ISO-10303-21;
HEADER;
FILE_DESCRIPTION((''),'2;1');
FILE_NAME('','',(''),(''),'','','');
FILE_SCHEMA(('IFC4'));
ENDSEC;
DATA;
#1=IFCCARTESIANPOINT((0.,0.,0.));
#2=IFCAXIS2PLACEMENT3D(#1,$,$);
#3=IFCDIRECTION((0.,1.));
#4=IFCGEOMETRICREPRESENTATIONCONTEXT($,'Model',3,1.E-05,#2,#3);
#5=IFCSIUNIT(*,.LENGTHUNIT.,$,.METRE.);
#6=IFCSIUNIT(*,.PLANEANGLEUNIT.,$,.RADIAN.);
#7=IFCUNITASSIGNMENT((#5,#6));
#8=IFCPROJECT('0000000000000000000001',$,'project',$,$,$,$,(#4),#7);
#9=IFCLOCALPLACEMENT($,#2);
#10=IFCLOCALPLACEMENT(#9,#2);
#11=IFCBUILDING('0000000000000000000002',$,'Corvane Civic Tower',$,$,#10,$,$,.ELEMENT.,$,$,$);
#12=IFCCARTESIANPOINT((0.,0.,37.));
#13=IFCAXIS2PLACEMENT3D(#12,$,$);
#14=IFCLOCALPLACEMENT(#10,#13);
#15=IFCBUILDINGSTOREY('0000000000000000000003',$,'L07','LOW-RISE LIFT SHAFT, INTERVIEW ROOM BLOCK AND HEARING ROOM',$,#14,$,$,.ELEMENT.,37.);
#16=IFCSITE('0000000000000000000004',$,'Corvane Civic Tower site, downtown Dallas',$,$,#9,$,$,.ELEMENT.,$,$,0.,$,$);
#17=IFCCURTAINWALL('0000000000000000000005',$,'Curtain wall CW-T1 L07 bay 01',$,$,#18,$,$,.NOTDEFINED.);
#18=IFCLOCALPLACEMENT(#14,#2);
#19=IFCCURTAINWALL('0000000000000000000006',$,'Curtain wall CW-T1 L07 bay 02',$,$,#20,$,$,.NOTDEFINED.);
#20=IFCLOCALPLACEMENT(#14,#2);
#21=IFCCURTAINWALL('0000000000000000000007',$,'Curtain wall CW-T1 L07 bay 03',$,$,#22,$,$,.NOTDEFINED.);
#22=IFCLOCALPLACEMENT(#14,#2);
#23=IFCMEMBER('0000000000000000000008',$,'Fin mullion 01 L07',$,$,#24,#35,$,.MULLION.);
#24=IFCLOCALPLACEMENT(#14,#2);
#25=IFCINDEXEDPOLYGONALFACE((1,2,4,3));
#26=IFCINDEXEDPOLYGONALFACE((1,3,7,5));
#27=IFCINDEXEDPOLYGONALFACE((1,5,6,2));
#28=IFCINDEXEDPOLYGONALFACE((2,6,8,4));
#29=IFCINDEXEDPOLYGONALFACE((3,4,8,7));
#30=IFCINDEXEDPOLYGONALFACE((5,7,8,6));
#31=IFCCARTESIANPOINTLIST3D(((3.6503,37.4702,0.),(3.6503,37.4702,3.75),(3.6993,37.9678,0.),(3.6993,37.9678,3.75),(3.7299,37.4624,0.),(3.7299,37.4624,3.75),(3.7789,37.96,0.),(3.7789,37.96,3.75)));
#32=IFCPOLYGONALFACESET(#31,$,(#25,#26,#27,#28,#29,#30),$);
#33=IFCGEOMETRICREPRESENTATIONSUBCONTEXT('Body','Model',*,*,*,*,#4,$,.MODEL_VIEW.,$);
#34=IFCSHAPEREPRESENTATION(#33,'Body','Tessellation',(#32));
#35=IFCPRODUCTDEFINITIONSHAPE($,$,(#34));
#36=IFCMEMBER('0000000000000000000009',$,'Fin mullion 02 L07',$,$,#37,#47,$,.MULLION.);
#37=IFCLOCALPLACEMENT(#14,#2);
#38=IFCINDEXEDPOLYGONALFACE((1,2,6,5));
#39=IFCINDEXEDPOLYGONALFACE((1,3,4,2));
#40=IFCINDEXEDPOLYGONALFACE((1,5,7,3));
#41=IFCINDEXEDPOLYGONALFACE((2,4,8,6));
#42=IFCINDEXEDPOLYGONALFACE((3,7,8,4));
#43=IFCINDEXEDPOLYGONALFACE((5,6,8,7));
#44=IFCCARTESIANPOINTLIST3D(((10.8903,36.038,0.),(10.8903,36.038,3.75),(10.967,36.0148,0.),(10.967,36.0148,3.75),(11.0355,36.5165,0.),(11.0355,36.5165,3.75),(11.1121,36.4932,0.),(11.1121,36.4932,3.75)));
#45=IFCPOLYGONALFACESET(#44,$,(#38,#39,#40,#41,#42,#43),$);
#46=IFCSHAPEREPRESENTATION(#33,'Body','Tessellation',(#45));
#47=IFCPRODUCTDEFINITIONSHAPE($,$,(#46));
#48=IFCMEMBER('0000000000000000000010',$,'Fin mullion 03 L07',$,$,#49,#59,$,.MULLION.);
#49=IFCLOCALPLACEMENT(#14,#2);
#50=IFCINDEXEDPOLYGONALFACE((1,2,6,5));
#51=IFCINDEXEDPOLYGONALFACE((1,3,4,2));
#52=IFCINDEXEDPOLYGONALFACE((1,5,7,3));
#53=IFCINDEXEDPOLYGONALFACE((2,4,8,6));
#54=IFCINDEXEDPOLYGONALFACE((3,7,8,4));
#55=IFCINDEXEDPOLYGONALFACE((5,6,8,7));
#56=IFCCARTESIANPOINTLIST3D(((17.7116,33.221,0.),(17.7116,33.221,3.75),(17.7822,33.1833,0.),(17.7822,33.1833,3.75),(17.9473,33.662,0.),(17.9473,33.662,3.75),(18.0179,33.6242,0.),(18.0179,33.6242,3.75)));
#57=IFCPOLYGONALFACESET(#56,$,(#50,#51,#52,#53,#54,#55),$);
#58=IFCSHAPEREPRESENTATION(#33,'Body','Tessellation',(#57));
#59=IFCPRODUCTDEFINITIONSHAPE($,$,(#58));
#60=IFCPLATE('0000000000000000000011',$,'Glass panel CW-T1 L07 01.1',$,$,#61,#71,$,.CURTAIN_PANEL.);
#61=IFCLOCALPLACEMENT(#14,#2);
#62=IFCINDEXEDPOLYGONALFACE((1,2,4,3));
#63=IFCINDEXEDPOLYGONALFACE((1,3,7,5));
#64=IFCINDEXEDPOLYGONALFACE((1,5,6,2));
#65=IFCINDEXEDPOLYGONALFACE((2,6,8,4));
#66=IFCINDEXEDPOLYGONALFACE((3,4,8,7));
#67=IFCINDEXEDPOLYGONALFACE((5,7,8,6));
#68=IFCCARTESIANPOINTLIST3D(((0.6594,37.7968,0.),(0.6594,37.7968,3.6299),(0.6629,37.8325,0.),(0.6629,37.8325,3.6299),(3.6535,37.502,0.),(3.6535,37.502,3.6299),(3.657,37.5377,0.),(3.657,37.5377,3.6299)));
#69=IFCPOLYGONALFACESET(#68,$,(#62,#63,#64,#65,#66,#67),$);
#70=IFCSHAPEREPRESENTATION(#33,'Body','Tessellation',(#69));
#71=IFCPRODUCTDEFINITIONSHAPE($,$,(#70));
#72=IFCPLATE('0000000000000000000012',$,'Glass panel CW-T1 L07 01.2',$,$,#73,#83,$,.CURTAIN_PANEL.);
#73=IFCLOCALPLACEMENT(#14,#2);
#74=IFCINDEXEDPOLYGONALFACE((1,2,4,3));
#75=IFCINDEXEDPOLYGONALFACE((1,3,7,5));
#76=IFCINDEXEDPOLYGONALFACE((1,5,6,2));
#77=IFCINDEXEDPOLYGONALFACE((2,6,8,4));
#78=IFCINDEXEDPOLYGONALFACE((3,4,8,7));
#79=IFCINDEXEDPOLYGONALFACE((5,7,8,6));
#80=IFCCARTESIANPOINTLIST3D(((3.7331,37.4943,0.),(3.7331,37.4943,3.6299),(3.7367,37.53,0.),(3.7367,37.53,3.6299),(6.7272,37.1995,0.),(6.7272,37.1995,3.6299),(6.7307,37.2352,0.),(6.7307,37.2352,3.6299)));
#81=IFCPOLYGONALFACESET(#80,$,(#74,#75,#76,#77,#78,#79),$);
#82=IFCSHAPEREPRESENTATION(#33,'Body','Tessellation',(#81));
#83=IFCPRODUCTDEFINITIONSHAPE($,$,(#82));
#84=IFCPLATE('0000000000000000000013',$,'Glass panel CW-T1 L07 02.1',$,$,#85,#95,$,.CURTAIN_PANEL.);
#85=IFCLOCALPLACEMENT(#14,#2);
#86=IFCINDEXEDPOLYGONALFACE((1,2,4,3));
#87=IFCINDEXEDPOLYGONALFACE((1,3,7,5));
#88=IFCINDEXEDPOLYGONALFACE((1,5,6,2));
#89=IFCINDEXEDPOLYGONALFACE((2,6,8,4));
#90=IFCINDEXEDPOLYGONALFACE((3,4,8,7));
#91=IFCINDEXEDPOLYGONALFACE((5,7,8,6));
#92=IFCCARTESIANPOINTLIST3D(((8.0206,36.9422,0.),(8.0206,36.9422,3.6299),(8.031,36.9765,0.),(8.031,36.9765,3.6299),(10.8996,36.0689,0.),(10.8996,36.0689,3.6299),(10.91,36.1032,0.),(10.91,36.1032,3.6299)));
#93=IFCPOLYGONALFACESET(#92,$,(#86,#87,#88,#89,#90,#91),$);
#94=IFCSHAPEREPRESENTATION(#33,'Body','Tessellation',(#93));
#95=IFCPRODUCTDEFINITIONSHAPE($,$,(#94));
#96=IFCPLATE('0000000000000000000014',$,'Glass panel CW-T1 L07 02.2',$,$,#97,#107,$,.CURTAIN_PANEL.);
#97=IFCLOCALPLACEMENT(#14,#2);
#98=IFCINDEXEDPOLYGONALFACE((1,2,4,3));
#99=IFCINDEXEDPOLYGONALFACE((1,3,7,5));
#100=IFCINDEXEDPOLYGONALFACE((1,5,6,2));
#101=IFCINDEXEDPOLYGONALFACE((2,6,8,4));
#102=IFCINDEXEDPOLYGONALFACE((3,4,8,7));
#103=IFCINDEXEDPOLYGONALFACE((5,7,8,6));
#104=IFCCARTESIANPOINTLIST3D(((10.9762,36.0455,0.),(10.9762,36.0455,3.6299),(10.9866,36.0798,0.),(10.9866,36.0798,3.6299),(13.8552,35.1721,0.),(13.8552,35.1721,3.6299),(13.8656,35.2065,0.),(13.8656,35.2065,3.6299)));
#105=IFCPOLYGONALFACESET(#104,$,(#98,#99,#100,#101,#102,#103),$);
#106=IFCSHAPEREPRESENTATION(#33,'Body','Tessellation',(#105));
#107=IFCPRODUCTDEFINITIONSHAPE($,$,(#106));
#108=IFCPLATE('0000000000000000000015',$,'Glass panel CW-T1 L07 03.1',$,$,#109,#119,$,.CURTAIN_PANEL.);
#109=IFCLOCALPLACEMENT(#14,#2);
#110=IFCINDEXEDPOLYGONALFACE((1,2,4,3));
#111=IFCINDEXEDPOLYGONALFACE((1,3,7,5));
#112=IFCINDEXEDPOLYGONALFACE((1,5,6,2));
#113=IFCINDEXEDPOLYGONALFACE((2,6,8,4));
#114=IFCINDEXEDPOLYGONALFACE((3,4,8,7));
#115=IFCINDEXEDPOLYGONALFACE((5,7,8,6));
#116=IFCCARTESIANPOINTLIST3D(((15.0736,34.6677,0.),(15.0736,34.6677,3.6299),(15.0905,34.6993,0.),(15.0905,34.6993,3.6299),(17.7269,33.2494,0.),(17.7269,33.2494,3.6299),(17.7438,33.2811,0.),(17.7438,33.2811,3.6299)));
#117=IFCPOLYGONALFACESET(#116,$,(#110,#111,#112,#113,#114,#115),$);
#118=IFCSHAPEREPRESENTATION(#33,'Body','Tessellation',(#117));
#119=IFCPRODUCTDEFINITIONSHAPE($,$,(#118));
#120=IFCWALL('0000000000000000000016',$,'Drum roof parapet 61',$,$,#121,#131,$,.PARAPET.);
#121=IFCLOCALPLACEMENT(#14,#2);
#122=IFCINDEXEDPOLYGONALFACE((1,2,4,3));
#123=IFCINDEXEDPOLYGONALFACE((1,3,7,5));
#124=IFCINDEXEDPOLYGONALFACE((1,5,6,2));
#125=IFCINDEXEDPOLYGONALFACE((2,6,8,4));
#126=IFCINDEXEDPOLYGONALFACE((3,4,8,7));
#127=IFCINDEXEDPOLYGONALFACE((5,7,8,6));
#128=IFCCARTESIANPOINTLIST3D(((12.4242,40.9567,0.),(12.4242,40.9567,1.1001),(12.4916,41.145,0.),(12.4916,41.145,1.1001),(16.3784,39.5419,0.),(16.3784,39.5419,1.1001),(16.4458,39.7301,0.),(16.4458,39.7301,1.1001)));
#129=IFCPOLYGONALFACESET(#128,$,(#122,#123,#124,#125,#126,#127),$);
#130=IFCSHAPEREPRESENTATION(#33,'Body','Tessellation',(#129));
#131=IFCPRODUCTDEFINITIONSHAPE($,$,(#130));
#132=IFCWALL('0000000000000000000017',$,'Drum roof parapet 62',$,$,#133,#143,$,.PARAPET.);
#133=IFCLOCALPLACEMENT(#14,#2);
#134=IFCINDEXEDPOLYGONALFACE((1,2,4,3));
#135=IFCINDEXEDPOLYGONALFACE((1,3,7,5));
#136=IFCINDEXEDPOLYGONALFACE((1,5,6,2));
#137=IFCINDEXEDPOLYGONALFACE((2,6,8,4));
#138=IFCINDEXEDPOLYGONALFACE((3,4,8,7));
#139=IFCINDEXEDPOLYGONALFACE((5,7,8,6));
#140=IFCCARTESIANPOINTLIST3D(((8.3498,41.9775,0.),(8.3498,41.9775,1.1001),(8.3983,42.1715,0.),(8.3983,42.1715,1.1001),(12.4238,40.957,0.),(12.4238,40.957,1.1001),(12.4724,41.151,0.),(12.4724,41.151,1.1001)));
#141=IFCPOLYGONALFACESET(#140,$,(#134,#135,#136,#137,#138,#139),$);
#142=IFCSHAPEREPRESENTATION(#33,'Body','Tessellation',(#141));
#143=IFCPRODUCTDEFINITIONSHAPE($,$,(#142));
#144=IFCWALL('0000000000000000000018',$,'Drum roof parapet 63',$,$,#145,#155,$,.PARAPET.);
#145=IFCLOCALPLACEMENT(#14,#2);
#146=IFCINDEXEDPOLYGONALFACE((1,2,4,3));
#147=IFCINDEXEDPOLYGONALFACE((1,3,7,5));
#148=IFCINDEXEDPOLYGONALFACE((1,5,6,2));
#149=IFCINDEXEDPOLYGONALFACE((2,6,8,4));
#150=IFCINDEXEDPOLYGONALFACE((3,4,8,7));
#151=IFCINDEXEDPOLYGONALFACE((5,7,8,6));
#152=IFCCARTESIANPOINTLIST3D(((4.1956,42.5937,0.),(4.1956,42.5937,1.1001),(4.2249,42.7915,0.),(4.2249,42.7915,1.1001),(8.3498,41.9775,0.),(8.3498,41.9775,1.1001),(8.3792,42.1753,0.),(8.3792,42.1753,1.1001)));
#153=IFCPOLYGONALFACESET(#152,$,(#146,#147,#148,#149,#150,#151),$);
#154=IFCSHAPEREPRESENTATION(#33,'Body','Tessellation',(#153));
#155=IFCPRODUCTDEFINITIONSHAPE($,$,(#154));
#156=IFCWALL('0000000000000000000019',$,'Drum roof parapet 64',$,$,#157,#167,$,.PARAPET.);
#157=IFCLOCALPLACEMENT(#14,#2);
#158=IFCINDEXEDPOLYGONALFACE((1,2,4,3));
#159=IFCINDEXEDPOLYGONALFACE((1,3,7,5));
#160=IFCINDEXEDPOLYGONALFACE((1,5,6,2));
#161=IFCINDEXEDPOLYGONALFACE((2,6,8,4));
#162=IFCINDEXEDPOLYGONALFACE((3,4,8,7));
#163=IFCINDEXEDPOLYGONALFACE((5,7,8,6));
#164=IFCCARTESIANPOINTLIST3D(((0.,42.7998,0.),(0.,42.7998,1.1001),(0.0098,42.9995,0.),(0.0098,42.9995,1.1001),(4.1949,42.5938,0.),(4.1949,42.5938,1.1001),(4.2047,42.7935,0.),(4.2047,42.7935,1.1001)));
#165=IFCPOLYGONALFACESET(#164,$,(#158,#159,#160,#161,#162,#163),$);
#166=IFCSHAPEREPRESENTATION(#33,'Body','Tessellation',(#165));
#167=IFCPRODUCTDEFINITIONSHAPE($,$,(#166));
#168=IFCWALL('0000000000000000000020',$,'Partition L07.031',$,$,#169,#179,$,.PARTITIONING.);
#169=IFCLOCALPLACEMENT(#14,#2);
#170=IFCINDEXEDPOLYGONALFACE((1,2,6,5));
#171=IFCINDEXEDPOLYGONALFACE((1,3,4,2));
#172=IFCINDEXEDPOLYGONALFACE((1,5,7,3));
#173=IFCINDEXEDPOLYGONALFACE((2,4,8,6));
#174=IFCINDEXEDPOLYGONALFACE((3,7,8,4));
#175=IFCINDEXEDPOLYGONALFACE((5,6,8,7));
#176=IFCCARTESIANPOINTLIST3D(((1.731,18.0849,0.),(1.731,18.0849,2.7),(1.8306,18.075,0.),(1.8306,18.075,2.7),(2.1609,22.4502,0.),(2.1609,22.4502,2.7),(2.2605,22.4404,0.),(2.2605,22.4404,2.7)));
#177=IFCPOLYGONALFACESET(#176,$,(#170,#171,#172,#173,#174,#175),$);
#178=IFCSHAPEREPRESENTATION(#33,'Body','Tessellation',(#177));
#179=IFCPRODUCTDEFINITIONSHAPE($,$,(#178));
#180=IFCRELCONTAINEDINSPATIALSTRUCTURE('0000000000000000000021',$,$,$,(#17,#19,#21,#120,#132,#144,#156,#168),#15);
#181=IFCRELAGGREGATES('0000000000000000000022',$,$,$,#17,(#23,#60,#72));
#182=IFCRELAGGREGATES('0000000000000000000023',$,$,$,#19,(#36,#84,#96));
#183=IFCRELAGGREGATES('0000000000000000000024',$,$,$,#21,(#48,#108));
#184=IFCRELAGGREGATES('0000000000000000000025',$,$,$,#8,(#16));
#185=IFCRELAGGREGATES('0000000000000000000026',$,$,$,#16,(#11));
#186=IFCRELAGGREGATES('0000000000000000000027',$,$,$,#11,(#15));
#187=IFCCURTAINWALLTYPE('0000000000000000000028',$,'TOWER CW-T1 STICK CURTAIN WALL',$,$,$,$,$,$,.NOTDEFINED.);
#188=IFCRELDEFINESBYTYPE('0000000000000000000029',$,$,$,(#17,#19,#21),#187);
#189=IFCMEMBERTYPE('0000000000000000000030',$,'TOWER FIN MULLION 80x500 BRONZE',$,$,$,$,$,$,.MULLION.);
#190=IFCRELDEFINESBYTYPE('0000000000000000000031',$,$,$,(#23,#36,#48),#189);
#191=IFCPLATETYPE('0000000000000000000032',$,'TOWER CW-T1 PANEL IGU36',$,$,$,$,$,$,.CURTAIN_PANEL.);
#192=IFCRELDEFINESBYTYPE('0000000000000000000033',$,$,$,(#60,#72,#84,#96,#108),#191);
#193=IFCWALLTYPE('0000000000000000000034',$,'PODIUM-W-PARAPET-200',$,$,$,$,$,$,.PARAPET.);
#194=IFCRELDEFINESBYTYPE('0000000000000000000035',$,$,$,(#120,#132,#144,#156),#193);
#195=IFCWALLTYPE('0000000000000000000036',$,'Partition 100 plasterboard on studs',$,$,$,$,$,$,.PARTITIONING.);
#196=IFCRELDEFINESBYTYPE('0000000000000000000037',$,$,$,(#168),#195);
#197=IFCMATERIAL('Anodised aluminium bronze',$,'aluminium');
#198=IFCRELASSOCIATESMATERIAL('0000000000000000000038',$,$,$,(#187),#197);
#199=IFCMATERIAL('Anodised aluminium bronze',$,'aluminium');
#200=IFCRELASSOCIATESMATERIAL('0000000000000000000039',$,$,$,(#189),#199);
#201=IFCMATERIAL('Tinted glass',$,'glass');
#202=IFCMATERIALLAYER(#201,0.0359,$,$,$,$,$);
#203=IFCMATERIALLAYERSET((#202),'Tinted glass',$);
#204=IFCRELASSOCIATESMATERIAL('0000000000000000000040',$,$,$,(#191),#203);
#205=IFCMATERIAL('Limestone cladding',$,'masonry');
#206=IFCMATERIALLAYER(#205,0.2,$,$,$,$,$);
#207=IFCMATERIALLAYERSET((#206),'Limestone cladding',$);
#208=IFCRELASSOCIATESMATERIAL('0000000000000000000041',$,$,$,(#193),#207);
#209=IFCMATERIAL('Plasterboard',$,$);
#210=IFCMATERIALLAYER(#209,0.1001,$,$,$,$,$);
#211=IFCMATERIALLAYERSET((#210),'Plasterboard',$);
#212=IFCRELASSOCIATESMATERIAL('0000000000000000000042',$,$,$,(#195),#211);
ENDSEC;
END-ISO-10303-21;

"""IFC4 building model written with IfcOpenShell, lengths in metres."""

from ifc_helpers import new_model, si_unit, direction, frame, frame_2d, origin, origin_2d, place, context, subcontext, project, spatial, rectangle, extrude, material, layer, layer_set, material_profile, profile_set, type_object, element, aggregate, save


model = new_model("IFC4")

# Units and contexts
model_context = context("Model", 3, precision=1e-05, world=origin(), true_north=direction((0.0, 1.0)))
body_context = subcontext(model_context, "Body", "Model", "MODEL_VIEW")
ifc_project = project(units=[si_unit("LENGTHUNIT", "METRE"), si_unit("PLANEANGLEUNIT", "RADIAN")], contexts=[model_context])

# Site, building, storey
site_placement = place(None, origin())
site = spatial("IfcSite", under=ifc_project, at=site_placement, Name="Corvane Civic Tower site, downtown Dallas", CompositionType="ELEMENT", RefElevation=0.0)
building_placement = place(site_placement, origin())
building = spatial("IfcBuilding", under=site, at=building_placement, Name="Corvane Civic Tower", CompositionType="ELEMENT")
storey_placement = place(building_placement, frame((0.0, 0.0, 37.0)))
storey = spatial("IfcBuildingStorey", under=building, at=storey_placement, Name="L07", Description="LOW-RISE LIFT SHAFT, INTERVIEW ROOM BLOCK AND HEARING ROOM", CompositionType="ELEMENT", Elevation=37.0)

# Curtain walls
ifc_material_1 = material(Name="Anodised aluminium bronze", Category="aluminium")
curtain_wall_type = type_object("IfcCurtainWallType", Name="TOWER CW-T1 STICK CURTAIN WALL", PredefinedType="NOTDEFINED", material=ifc_material_1)
curtain_wall_1_placement = place(storey_placement, origin())
curtain_wall_1 = element("IfcCurtainWall", 1, at=curtain_wall_1_placement, inside=storey, type_object=curtain_wall_type, Name="Curtain wall CW-T1 L07 bay 01", PredefinedType="NOTDEFINED")
curtain_wall_2_placement = place(storey_placement, origin())
curtain_wall_2 = element("IfcCurtainWall", 2, at=curtain_wall_2_placement, inside=storey, type_object=curtain_wall_type, Name="Curtain wall CW-T1 L07 bay 02", PredefinedType="NOTDEFINED")
curtain_wall_3_placement = place(storey_placement, origin())
curtain_wall_3 = element("IfcCurtainWall", 3, at=curtain_wall_3_placement, inside=storey, type_object=curtain_wall_type, Name="Curtain wall CW-T1 L07 bay 03", PredefinedType="NOTDEFINED")

# Members
ifc_material_2 = material(Name="Anodised aluminium bronze", Category="aluminium")
ifc_material_profile_1 = material_profile(ifc_material_2, rectangle(XDim=0.0801, YDim=0.5, at=origin_2d()), Name="TOWER FIN MULLION 80x500 BRONZE")
ifc_profile_set_1 = profile_set([ifc_material_profile_1], Name="Anodised aluminium bronze")
member_type_1 = type_object("IfcMemberType", Name="TOWER FIN MULLION 80x500 BRONZE", PredefinedType="MULLION", material=ifc_profile_set_1)
member_1_placement = place(storey_placement, frame((3.7146, 37.7151, 0.0), z_axis=(0.0, 0.0, 1.0), x_axis=(0.995186, -0.098006, 0.0)))
member_1 = element("IfcMember", 4, at=member_1_placement, type_object=member_type_1, Name="Fin mullion 01 L07", PredefinedType="MULLION", context=body_context, shape_type="SweptSolid", body=[
    extrude(rectangle(XDim=0.0801, YDim=0.5, at=origin_2d()), origin(), (0.0, 0.0, 1.0), 3.75),
])
member_2_placement = place(storey_placement, frame((11.0012, 36.2656, 0.0), z_axis=(0.0, 0.0, 1.0), x_axis=(0.956942, -0.290278, 0.0)))
member_2 = element("IfcMember", 5, at=member_2_placement, type_object=member_type_1, Name="Fin mullion 02 L07", PredefinedType="MULLION", context=body_context, shape_type="SweptSolid", body=[
    extrude(rectangle(XDim=0.0801, YDim=0.5, at=origin_2d()), origin(), (0.0, 0.0, 1.0), 3.75),
])
member_3_placement = place(storey_placement, frame((17.8647, 33.4226, 0.0), z_axis=(0.0, 0.0, 1.0), x_axis=(0.881918, -0.471404, 0.0)))
member_3 = element("IfcMember", 6, at=member_3_placement, type_object=member_type_1, Name="Fin mullion 03 L07", PredefinedType="MULLION", context=body_context, shape_type="SweptSolid", body=[
    extrude(rectangle(XDim=0.0801, YDim=0.5, at=origin_2d()), origin(), (0.0, 0.0, 1.0), 3.75),
])

# Plates
ifc_material_3 = material(Name="Tinted glass", Category="glass")
ifc_layer_1 = layer(ifc_material_3, 0.0359)
ifc_layer_set_1 = layer_set([ifc_layer_1], Name="Tinted glass")
plate_type = type_object("IfcPlateType", Name="TOWER CW-T1 PANEL IGU36", PredefinedType="CURTAIN_PANEL", material=ifc_layer_set_1)
plate_1_placement = place(storey_placement, frame((2.1582, 37.6672, 0.0), z_axis=(0.0, 0.0, 1.0), x_axis=(0.995186, -0.098006, 0.0)))
plate_1 = element("IfcPlate", 7, at=plate_1_placement, type_object=plate_type, Name="Glass panel CW-T1 L07 01.1", PredefinedType="CURTAIN_PANEL", context=body_context, shape_type="SweptSolid", body=[
    extrude(rectangle(XDim=3.0085, YDim=0.0359, at=origin_2d()), origin(), (0.0, 0.0, 1.0), 3.6299),
])
plate_2_placement = place(storey_placement, frame((5.2319, 37.3647, 0.0), z_axis=(0.0, 0.0, 1.0), x_axis=(0.995186, -0.098006, 0.0)))
plate_2 = element("IfcPlate", 8, at=plate_2_placement, type_object=plate_type, Name="Glass panel CW-T1 L07 01.2", PredefinedType="CURTAIN_PANEL", context=body_context, shape_type="SweptSolid", body=[
    extrude(rectangle(XDim=3.0085, YDim=0.0359, at=origin_2d()), origin(), (0.0, 0.0, 1.0), 3.6299),
])
aggregate(curtain_wall_1, [member_1, plate_1, plate_2])
plate_3_placement = place(storey_placement, frame((9.4653, 36.5227, 0.0), z_axis=(0.0, 0.0, 1.0), x_axis=(0.956942, -0.290278, 0.0)))
plate_3 = element("IfcPlate", 9, at=plate_3_placement, type_object=plate_type, Name="Glass panel CW-T1 L07 02.1", PredefinedType="CURTAIN_PANEL", context=body_context, shape_type="SweptSolid", body=[
    extrude(rectangle(XDim=3.0085, YDim=0.0359, at=origin_2d()), origin(), (0.0, 0.0, 1.0), 3.6299),
])
plate_4_placement = place(storey_placement, frame((12.4209, 35.626, 0.0), z_axis=(0.0, 0.0, 1.0), x_axis=(0.956942, -0.290278, 0.0)))
plate_4 = element("IfcPlate", 10, at=plate_4_placement, type_object=plate_type, Name="Glass panel CW-T1 L07 02.2", PredefinedType="CURTAIN_PANEL", context=body_context, shape_type="SweptSolid", body=[
    extrude(rectangle(XDim=3.0085, YDim=0.0359, at=origin_2d()), origin(), (0.0, 0.0, 1.0), 3.6299),
])
aggregate(curtain_wall_2, [member_2, plate_3, plate_4])
plate_5_placement = place(storey_placement, frame((16.4087, 33.9744, 0.0), z_axis=(0.0, 0.0, 1.0), x_axis=(0.881918, -0.471404, 0.0)))
plate_5 = element("IfcPlate", 11, at=plate_5_placement, type_object=plate_type, Name="Glass panel CW-T1 L07 03.1", PredefinedType="CURTAIN_PANEL", context=body_context, shape_type="SweptSolid", body=[
    extrude(rectangle(XDim=3.0085, YDim=0.0359, at=origin_2d()), origin(), (0.0, 0.0, 1.0), 3.6299),
])
aggregate(curtain_wall_3, [member_3, plate_5])

# Walls
ifc_material_4 = material(Name="Limestone cladding", Category="masonry")
ifc_layer_2 = layer(ifc_material_4, 0.2)
ifc_layer_set_2 = layer_set([ifc_layer_2], Name="Limestone cladding")
wall_type_1 = type_object("IfcWallType", Name="PODIUM-W-PARAPET-200", PredefinedType="PARAPET", material=ifc_layer_set_2)
wall_1_placement = place(storey_placement, frame((16.4121, 39.636, 0.0), z_axis=(0.0, 0.0, 1.0), x_axis=(-0.941544, 0.336889, 0.0)))
element("IfcWall", 12, at=wall_1_placement, inside=storey, type_object=wall_type_1, Name="Drum roof parapet 61", PredefinedType="PARAPET", context=body_context, shape_type="SweptSolid", body=[
    extrude(rectangle(XDim=4.1997, YDim=0.2, at=frame_2d((2.0999, 0.0))), origin(), (0.0, 0.0, 1.0), 1.1001),
])
wall_2_placement = place(storey_placement, frame((12.4482, 41.054, 0.0), z_axis=(0.0, 0.0, 1.0), x_axis=(-0.97003, 0.242987, 0.0)))
element("IfcWall", 13, at=wall_2_placement, inside=storey, type_object=wall_type_1, Name="Drum roof parapet 62", PredefinedType="PARAPET", context=body_context, shape_type="SweptSolid", body=[
    extrude(rectangle(XDim=4.2, YDim=0.2, at=frame_2d((2.1001, 0.0))), origin(), (0.0, 0.0, 1.0), 1.1001),
])
wall_3_placement = place(storey_placement, frame((8.3645, 42.0764, 0.0), z_axis=(0.0, 0.0, 1.0), x_axis=(-0.989177, 0.146726, 0.0)))
element("IfcWall", 14, at=wall_3_placement, inside=storey, type_object=wall_type_1, Name="Drum roof parapet 63", PredefinedType="PARAPET", context=body_context, shape_type="SweptSolid", body=[
    extrude(rectangle(XDim=4.1997, YDim=0.2, at=frame_2d((2.0999, 0.0))), origin(), (0.0, 0.0, 1.0), 1.1001),
])
wall_4_placement = place(storey_placement, frame((4.2, 42.6936, 0.0), z_axis=(0.0, 0.0, 1.0), x_axis=(-0.998796, 0.049062, 0.0)))
element("IfcWall", 15, at=wall_4_placement, inside=storey, type_object=wall_type_1, Name="Drum roof parapet 64", PredefinedType="PARAPET", context=body_context, shape_type="SweptSolid", body=[
    extrude(rectangle(XDim=4.2, YDim=0.2, at=frame_2d((2.1001, 0.0))), origin(), (0.0, 0.0, 1.0), 1.1001),
])
ifc_material_5 = material(Name="Plasterboard")
ifc_layer_3 = layer(ifc_material_5, 0.1001)
ifc_layer_set_3 = layer_set([ifc_layer_3], Name="Plasterboard")
wall_type_2 = type_object("IfcWallType", Name="Partition 100 plasterboard on studs", PredefinedType="PARTITIONING", material=ifc_layer_set_3)
wall_5_placement = place(storey_placement, frame((1.7808, 18.0798, 0.0), z_axis=(0.0, 0.0, 1.0), x_axis=(0.098016, 0.995185, 0.0)))
element("IfcWall", 16, at=wall_5_placement, inside=storey, type_object=wall_type_2, Name="Partition L07.031", PredefinedType="PARTITIONING", context=body_context, shape_type="SweptSolid", body=[
    extrude(rectangle(XDim=4.3865, YDim=0.1001, at=frame_2d((2.1934, 0.0))), origin(), (0.0, 0.0, 1.0), 2.7),
])

save(model, "model.ifc")
